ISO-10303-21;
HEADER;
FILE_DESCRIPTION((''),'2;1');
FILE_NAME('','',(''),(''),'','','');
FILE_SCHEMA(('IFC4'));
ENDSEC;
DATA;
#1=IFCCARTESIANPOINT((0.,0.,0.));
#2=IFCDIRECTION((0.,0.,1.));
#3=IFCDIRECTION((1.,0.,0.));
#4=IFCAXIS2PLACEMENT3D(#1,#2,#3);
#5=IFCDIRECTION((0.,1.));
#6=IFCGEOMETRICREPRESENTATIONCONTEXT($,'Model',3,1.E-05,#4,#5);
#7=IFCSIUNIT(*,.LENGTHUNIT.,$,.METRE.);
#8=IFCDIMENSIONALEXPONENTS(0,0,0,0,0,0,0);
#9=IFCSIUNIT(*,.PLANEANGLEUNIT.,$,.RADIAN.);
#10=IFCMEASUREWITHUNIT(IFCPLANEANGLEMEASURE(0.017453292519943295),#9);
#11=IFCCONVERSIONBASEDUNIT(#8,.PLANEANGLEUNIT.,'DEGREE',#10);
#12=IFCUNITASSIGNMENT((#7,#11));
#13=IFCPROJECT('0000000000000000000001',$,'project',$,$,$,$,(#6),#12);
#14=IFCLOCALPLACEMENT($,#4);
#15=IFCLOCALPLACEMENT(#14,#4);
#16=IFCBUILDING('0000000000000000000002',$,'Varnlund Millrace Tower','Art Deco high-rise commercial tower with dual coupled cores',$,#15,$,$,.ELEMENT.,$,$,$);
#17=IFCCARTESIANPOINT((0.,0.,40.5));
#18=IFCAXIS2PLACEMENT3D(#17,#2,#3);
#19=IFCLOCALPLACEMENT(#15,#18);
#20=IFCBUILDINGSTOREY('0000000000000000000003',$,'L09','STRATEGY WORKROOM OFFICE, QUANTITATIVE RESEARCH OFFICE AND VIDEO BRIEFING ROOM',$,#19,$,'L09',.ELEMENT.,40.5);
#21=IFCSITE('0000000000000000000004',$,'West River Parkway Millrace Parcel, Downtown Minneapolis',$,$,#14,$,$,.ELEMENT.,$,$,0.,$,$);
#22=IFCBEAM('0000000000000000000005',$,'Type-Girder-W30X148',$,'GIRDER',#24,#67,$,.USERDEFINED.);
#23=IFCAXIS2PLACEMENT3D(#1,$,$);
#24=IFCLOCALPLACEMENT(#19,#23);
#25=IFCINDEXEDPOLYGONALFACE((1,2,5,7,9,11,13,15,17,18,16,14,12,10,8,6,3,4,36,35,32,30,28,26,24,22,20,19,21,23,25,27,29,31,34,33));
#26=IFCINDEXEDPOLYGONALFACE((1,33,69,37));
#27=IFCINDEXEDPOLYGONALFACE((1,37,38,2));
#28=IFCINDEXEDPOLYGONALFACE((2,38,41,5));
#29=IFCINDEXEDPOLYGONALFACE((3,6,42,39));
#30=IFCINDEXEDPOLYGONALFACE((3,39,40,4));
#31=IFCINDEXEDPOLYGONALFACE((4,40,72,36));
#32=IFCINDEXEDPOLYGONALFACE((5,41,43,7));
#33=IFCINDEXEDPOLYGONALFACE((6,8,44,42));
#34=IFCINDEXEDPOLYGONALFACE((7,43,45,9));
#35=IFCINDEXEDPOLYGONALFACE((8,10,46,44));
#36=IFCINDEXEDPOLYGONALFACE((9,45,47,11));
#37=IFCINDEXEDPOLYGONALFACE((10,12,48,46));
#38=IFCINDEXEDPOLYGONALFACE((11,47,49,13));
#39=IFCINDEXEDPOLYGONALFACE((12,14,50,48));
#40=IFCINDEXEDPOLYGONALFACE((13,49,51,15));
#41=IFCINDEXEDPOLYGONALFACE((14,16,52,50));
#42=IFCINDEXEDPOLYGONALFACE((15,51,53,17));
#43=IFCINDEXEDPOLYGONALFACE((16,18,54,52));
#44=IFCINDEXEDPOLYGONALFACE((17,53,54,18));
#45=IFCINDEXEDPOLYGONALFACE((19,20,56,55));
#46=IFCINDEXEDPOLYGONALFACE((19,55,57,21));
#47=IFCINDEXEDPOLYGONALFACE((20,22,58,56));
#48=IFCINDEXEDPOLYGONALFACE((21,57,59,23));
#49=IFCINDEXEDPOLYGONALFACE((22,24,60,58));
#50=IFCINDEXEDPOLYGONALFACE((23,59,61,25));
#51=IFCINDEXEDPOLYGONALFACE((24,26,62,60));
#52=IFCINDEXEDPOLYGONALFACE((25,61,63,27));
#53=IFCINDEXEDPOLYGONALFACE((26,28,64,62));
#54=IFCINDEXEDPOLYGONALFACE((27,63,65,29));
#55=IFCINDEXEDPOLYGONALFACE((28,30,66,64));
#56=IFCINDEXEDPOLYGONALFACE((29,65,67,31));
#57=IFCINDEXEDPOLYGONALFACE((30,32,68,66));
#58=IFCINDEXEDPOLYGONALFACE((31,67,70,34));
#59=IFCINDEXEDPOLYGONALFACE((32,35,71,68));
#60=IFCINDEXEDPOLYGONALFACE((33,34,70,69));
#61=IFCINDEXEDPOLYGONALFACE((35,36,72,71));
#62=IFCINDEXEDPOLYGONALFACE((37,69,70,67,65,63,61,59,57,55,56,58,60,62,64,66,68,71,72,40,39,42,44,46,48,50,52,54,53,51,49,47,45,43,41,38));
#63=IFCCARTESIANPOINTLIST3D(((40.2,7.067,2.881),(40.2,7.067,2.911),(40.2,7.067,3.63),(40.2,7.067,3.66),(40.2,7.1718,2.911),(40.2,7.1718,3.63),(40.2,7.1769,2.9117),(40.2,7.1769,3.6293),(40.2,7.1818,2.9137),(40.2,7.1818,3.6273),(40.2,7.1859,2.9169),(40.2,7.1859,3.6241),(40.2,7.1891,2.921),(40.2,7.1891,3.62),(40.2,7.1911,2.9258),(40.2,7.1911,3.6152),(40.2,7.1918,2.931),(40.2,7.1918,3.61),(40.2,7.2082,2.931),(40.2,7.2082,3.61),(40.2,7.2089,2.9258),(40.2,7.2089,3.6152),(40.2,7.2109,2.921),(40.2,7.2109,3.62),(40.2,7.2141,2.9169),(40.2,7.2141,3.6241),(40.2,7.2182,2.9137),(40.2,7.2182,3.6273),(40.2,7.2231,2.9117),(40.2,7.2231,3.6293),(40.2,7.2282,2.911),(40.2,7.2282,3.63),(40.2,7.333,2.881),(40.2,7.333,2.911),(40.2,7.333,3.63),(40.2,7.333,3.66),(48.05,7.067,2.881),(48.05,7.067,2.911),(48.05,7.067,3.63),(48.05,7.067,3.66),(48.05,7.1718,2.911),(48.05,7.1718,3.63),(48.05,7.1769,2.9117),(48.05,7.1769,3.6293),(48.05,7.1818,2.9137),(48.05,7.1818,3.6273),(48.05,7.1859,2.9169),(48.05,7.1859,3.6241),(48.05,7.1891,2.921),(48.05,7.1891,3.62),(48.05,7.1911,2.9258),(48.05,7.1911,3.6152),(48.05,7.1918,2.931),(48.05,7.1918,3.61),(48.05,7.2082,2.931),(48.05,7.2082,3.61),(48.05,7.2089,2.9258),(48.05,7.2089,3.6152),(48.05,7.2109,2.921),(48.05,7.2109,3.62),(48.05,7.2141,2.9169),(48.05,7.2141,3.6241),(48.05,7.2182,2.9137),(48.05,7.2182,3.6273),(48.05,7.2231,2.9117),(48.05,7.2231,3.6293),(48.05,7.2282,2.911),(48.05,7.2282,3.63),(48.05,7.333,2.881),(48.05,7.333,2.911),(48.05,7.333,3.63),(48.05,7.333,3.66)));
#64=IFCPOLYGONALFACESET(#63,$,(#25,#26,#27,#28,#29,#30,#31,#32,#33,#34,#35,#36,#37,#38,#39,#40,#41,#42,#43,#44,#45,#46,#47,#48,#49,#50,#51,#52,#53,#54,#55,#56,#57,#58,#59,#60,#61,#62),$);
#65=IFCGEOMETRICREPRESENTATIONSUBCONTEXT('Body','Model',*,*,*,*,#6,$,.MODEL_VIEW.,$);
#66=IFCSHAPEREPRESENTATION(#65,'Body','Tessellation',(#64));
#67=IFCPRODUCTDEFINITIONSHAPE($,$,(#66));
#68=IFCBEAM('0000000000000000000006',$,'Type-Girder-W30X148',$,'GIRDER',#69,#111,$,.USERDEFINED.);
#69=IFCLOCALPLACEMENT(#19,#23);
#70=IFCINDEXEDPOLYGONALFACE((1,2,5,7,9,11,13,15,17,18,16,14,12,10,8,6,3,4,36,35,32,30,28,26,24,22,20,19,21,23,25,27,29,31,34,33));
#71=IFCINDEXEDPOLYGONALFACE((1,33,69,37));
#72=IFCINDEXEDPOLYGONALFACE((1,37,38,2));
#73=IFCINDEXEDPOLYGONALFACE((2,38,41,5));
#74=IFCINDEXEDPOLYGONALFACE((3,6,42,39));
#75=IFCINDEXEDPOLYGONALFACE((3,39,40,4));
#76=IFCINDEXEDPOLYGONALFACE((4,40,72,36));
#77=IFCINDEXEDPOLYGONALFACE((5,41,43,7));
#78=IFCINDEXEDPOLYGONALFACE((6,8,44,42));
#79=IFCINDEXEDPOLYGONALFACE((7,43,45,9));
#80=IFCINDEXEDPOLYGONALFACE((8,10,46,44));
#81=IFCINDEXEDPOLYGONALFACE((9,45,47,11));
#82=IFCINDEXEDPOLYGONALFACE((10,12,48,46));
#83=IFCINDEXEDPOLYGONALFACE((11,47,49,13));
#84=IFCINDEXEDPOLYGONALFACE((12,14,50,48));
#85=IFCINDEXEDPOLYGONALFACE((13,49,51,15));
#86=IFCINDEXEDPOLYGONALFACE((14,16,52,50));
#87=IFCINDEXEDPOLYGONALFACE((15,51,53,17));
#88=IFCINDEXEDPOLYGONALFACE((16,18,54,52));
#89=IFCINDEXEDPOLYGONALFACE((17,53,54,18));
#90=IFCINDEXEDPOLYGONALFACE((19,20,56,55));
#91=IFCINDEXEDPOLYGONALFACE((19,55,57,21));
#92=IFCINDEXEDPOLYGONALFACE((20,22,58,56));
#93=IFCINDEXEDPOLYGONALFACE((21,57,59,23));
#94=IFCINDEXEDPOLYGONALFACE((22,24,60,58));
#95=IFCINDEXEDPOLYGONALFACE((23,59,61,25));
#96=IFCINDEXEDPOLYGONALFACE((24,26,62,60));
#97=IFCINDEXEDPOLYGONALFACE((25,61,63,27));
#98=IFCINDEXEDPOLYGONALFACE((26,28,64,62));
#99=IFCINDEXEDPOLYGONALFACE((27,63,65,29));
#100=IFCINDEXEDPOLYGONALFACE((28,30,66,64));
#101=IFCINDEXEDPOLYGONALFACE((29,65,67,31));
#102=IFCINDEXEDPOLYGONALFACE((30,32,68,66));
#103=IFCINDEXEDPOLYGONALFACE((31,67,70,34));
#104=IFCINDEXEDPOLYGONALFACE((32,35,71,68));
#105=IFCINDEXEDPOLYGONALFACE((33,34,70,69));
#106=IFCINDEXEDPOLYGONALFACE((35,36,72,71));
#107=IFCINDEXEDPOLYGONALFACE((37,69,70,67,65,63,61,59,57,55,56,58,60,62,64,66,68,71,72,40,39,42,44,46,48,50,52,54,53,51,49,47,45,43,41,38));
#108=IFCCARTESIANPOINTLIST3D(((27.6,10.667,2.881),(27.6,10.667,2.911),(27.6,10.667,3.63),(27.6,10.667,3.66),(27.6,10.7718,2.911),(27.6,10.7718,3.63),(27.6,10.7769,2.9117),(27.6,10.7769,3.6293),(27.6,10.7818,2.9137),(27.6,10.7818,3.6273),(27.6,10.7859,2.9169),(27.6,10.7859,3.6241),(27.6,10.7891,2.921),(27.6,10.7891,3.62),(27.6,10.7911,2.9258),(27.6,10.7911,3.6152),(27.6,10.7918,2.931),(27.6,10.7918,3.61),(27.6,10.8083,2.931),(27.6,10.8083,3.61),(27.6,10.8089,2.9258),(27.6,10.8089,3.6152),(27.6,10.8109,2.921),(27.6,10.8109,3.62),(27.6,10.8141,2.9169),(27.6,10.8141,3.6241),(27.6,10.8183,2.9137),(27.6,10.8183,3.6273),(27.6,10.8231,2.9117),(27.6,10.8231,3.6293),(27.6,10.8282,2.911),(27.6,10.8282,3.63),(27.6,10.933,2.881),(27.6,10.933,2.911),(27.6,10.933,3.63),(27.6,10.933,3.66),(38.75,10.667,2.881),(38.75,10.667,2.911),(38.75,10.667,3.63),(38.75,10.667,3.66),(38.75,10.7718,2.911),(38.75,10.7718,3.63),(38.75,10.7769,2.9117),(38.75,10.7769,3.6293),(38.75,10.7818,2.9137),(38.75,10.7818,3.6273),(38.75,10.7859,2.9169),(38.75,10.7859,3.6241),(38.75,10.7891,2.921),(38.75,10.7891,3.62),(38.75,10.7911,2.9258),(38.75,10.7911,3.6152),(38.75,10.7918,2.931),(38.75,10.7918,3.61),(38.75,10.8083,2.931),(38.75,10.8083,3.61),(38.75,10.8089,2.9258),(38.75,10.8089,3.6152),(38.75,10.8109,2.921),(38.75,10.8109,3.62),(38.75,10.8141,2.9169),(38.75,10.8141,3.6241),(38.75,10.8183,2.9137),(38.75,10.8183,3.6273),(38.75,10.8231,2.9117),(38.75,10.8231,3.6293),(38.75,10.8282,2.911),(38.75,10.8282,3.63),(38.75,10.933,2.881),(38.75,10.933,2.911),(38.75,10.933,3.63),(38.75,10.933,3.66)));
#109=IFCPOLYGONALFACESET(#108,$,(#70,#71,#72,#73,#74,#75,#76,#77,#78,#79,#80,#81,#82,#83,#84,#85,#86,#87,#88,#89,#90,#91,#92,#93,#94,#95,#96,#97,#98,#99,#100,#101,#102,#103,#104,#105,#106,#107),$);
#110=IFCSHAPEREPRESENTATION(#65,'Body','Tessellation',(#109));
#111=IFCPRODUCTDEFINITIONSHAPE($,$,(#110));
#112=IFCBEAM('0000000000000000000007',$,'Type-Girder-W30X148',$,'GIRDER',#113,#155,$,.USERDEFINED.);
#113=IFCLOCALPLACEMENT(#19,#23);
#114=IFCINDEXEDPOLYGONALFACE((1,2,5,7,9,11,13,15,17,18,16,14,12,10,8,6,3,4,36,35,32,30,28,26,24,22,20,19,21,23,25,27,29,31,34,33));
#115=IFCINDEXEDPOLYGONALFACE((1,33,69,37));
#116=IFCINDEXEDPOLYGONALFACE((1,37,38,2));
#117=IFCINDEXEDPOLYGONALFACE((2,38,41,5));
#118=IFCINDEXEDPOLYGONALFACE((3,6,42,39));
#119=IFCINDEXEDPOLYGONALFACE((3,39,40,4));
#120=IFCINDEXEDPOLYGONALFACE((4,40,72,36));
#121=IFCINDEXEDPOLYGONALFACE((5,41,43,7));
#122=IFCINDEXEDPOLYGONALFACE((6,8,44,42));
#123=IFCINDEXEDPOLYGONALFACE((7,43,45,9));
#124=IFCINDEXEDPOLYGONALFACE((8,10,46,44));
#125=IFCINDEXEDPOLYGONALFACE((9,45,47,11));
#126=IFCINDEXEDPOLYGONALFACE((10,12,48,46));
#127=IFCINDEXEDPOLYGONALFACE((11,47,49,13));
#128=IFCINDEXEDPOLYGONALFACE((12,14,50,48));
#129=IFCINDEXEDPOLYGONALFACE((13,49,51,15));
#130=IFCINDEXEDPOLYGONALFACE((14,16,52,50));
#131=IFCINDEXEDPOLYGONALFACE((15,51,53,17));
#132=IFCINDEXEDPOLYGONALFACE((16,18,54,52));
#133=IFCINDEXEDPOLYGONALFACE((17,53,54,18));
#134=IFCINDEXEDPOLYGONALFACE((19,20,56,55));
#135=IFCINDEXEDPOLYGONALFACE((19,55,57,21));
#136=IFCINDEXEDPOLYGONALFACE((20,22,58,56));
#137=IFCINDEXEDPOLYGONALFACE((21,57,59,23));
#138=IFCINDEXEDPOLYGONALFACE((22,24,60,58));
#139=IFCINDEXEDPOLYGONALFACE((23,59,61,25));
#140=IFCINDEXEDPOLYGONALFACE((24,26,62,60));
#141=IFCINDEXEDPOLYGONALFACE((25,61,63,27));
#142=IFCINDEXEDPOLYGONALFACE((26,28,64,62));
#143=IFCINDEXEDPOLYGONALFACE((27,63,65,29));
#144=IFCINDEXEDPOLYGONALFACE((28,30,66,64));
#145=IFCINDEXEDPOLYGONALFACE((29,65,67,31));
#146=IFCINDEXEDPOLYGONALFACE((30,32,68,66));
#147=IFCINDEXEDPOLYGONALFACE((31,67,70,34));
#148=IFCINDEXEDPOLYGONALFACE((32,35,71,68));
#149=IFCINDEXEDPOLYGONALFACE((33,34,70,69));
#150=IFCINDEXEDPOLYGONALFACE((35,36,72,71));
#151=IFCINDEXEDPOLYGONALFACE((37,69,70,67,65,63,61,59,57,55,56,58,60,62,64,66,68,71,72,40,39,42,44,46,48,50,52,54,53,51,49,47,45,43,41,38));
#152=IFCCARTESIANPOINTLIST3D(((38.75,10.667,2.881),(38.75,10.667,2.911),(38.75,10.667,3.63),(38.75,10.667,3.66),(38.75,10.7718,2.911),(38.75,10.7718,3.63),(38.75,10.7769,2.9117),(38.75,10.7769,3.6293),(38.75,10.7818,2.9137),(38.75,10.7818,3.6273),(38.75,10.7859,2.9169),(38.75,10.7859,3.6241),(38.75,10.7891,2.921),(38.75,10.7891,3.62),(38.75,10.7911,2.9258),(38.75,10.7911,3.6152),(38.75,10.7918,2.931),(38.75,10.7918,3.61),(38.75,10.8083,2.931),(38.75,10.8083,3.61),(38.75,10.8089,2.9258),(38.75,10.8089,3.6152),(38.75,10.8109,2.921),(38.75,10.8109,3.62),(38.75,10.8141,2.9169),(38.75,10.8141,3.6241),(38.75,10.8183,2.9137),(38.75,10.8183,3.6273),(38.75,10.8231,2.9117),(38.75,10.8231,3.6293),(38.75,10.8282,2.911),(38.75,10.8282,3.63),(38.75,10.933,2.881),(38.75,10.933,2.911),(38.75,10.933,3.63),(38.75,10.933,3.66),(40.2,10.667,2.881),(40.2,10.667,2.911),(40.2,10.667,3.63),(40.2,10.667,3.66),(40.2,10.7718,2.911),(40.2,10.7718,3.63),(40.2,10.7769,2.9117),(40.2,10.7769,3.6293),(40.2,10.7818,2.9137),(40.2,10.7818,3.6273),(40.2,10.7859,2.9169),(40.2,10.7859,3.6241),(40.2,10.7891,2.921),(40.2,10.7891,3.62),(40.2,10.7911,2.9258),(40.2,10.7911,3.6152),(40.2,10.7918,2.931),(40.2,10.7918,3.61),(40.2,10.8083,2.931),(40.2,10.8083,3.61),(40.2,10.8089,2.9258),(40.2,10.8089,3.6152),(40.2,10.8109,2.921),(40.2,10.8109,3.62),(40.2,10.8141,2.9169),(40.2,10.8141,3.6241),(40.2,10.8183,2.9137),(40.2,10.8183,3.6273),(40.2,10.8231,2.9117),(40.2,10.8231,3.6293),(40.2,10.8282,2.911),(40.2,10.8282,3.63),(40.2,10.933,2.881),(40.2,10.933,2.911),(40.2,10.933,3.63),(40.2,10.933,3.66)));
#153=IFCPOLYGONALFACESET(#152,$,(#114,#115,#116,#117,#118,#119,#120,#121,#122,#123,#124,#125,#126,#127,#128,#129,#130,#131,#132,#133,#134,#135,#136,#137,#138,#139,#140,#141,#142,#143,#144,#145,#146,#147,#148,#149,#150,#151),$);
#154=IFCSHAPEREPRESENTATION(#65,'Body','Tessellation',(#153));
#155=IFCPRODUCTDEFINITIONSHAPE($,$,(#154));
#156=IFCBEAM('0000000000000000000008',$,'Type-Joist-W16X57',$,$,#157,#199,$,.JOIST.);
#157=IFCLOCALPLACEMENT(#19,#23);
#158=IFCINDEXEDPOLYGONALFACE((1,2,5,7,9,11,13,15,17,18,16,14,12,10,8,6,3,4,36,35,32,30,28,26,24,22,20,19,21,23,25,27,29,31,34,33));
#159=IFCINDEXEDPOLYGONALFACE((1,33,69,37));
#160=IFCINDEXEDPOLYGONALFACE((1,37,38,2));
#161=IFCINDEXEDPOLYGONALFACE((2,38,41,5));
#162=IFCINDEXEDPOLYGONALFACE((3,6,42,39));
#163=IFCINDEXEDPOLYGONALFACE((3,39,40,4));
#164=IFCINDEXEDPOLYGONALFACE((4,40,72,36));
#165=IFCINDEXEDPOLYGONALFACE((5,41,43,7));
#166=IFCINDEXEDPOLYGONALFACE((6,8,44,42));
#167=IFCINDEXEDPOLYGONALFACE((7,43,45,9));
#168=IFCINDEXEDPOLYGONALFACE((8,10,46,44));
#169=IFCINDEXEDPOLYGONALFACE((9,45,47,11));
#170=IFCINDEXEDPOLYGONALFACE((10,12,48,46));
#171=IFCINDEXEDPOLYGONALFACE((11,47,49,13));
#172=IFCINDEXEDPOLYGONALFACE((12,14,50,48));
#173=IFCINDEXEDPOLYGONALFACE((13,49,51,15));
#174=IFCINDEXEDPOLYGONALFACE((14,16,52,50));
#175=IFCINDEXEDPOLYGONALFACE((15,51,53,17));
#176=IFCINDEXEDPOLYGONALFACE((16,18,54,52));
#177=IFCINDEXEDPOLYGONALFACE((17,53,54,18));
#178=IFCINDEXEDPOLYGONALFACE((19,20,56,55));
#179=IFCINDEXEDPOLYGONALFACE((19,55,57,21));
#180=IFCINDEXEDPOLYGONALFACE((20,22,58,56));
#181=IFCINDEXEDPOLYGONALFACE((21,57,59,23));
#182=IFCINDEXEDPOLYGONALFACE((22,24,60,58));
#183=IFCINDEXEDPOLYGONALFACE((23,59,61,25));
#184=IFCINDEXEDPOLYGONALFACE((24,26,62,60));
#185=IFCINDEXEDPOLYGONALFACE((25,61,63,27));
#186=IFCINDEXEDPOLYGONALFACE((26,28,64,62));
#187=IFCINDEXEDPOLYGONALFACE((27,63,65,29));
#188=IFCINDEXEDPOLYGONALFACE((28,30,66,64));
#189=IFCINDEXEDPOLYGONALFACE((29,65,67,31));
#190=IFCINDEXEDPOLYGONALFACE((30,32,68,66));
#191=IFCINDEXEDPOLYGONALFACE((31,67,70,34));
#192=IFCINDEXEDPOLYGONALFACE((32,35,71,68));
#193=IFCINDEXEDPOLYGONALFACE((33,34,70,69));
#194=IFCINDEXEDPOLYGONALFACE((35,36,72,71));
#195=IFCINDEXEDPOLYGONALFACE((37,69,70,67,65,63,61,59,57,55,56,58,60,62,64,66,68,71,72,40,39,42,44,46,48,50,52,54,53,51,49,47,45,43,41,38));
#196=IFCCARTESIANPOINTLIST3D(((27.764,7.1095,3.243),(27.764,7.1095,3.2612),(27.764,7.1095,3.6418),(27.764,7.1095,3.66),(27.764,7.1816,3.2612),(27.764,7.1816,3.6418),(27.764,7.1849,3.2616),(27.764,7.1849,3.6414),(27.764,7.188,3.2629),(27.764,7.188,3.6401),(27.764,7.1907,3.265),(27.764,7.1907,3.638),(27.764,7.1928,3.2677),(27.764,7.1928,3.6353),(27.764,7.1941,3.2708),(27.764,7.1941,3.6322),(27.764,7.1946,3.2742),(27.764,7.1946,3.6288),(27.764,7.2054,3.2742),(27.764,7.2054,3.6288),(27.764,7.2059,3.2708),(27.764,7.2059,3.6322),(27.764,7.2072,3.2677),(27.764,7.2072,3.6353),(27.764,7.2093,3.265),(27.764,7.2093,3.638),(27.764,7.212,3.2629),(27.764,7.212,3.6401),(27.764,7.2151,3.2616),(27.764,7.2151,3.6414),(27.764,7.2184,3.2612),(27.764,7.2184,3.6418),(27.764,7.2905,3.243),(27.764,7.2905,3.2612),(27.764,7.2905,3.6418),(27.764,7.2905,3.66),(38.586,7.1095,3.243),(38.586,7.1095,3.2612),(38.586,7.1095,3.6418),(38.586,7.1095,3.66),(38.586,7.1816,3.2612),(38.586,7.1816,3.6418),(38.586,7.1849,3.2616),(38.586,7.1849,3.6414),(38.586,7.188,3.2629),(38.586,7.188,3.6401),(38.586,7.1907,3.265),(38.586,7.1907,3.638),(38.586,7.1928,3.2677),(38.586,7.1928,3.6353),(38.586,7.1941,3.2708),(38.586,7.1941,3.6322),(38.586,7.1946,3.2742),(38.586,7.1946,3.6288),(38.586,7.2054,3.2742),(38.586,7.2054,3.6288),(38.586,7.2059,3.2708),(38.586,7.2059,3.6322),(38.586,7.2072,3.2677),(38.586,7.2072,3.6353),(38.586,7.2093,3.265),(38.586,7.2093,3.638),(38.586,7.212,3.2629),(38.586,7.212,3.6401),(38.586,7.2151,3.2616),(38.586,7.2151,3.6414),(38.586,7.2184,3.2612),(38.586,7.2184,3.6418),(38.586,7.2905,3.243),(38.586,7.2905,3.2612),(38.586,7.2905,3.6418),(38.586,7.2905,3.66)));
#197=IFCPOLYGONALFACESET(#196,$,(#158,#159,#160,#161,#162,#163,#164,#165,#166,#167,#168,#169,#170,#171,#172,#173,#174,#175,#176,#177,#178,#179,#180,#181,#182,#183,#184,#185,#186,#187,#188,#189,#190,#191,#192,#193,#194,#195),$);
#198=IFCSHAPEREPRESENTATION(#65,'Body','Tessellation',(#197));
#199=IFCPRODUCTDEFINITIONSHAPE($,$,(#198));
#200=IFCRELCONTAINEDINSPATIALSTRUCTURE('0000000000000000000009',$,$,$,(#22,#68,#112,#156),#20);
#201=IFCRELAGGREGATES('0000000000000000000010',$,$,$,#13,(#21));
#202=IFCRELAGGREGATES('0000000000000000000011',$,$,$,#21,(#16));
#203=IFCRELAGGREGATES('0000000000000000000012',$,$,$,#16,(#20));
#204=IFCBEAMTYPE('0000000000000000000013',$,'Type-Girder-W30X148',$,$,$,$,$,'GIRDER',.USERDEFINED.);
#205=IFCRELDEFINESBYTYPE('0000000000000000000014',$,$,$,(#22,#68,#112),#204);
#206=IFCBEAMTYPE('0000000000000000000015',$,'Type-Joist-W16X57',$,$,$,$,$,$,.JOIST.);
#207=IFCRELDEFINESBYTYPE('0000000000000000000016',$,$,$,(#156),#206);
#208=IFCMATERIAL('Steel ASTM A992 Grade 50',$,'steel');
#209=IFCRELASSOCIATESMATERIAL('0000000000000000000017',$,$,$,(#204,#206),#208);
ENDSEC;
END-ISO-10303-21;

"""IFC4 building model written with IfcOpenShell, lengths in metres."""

from ifc_helpers import new_model, entity, si_unit, converted_unit, direction, frame, origin_with_axes, origin_2d_with_axis, place, context, subcontext, project, spatial, i_section, extrude, material, material_profile, profile_set, type_object, element, save


model = new_model("IFC4")

# Units and contexts
model_context = context("Model", 3, precision=1e-05, world=origin_with_axes(), true_north=direction((0.0, 1.0)))
body_context = subcontext(model_context, "Body", "Model", "MODEL_VIEW")
ifc_project = project(units=[si_unit("LENGTHUNIT", "METRE"), converted_unit("PLANEANGLEUNIT", "DEGREE", entity("IfcPlaneAngleMeasure", 0.017453292519943295), si_unit("PLANEANGLEUNIT", "RADIAN"), dimensions=[0, 0, 0, 0, 0, 0, 0])], contexts=[model_context])

# Site, building, storey
site_placement = place(None, origin_with_axes())
site = spatial("IfcSite", under=ifc_project, at=site_placement, Name="West River Parkway Millrace Parcel, Downtown Minneapolis", CompositionType="ELEMENT", RefElevation=0.0)
building_placement = place(site_placement, origin_with_axes())
building = spatial("IfcBuilding", under=site, at=building_placement, Name="Varnlund Millrace Tower", Description="Art Deco high-rise commercial tower with dual coupled cores", CompositionType="ELEMENT")
storey_placement = place(building_placement, frame((0.0, 0.0, 40.5), z_axis=(0.0, 0.0, 1.0), x_axis=(1.0, 0.0, 0.0)))
storey = spatial("IfcBuildingStorey", under=building, at=storey_placement, Name="L09", Description="STRATEGY WORKROOM OFFICE, QUANTITATIVE RESEARCH OFFICE AND VIDEO BRIEFING ROOM", LongName="L09", CompositionType="ELEMENT", Elevation=40.5)

# Beams
ifc_material_1 = material(Name="Steel ASTM A992 Grade 50", Category="steel")
ifc_material_profile_1 = material_profile(ifc_material_1, i_section(OverallWidth=0.266, OverallDepth=0.779, WebThickness=0.0165, FlangeThickness=0.03, FilletRadius=0.02, at=origin_2d_with_axis()), Name="Steel ASTM A992 Grade 50")
ifc_profile_set_1 = profile_set([ifc_material_profile_1], Name="Steel ASTM A992 Grade 50")
beam_type_1 = type_object("IfcBeamType", Name="Type-Girder-W30X148", ElementType="GIRDER", PredefinedType="USERDEFINED", material=ifc_profile_set_1)
beam_1_placement = place(storey_placement, frame((40.2, 7.2, 3.2705), z_axis=(1.0, 0.0, 0.0), x_axis=(0.0, 1.0, 0.0)))
element("IfcBeam", 1, at=beam_1_placement, inside=storey, type_object=beam_type_1, Name="Type-Girder-W30X148", ObjectType="GIRDER", PredefinedType="USERDEFINED", context=body_context, shape_type="SweptSolid", body=[
    extrude(i_section(OverallWidth=0.266, OverallDepth=0.779, WebThickness=0.0165, FlangeThickness=0.03, FilletRadius=0.02, at=origin_2d_with_axis()), origin_with_axes(), (0.0, 0.0, 1.0), 7.85),
])
beam_2_placement = place(storey_placement, frame((27.6, 10.8, 3.2705), z_axis=(1.0, 0.0, 0.0), x_axis=(0.0, 1.0, 0.0)))
element("IfcBeam", 2, at=beam_2_placement, inside=storey, type_object=beam_type_1, Name="Type-Girder-W30X148", ObjectType="GIRDER", PredefinedType="USERDEFINED", context=body_context, shape_type="SweptSolid", body=[
    extrude(i_section(OverallWidth=0.266, OverallDepth=0.779, WebThickness=0.0165, FlangeThickness=0.03, FilletRadius=0.02, at=origin_2d_with_axis()), origin_with_axes(), (0.0, 0.0, 1.0), 11.15),
])
beam_3_placement = place(storey_placement, frame((38.75, 10.8, 3.2705), z_axis=(1.0, 0.0, 0.0), x_axis=(0.0, 1.0, 0.0)))
element("IfcBeam", 3, at=beam_3_placement, inside=storey, type_object=beam_type_1, Name="Type-Girder-W30X148", ObjectType="GIRDER", PredefinedType="USERDEFINED", context=body_context, shape_type="SweptSolid", body=[
    extrude(i_section(OverallWidth=0.266, OverallDepth=0.779, WebThickness=0.0165, FlangeThickness=0.03, FilletRadius=0.02, at=origin_2d_with_axis()), origin_with_axes(), (0.0, 0.0, 1.0), 1.45),
])
ifc_material_profile_2 = material_profile(ifc_material_1, i_section(OverallWidth=0.181, OverallDepth=0.417, WebThickness=0.0109, FlangeThickness=0.0182, FilletRadius=0.013, at=origin_2d_with_axis()), Name="Steel ASTM A992 Grade 50")
ifc_profile_set_2 = profile_set([ifc_material_profile_2], Name="Steel ASTM A992 Grade 50")
beam_type_2 = type_object("IfcBeamType", Name="Type-Joist-W16X57", PredefinedType="JOIST", material=ifc_profile_set_2)
beam_4_placement = place(storey_placement, frame((27.764, 7.2, 3.4515), z_axis=(1.0, 0.0, 0.0), x_axis=(0.0, 1.0, 0.0)))
element("IfcBeam", 4, at=beam_4_placement, inside=storey, type_object=beam_type_2, Name="Type-Joist-W16X57", PredefinedType="JOIST", context=body_context, shape_type="SweptSolid", body=[
    extrude(i_section(OverallWidth=0.181, OverallDepth=0.417, WebThickness=0.0109, FlangeThickness=0.0182, FilletRadius=0.013, at=origin_2d_with_axis()), origin_with_axes(), (0.0, 0.0, 1.0), 10.822),
])

save(model, "model.ifc")
